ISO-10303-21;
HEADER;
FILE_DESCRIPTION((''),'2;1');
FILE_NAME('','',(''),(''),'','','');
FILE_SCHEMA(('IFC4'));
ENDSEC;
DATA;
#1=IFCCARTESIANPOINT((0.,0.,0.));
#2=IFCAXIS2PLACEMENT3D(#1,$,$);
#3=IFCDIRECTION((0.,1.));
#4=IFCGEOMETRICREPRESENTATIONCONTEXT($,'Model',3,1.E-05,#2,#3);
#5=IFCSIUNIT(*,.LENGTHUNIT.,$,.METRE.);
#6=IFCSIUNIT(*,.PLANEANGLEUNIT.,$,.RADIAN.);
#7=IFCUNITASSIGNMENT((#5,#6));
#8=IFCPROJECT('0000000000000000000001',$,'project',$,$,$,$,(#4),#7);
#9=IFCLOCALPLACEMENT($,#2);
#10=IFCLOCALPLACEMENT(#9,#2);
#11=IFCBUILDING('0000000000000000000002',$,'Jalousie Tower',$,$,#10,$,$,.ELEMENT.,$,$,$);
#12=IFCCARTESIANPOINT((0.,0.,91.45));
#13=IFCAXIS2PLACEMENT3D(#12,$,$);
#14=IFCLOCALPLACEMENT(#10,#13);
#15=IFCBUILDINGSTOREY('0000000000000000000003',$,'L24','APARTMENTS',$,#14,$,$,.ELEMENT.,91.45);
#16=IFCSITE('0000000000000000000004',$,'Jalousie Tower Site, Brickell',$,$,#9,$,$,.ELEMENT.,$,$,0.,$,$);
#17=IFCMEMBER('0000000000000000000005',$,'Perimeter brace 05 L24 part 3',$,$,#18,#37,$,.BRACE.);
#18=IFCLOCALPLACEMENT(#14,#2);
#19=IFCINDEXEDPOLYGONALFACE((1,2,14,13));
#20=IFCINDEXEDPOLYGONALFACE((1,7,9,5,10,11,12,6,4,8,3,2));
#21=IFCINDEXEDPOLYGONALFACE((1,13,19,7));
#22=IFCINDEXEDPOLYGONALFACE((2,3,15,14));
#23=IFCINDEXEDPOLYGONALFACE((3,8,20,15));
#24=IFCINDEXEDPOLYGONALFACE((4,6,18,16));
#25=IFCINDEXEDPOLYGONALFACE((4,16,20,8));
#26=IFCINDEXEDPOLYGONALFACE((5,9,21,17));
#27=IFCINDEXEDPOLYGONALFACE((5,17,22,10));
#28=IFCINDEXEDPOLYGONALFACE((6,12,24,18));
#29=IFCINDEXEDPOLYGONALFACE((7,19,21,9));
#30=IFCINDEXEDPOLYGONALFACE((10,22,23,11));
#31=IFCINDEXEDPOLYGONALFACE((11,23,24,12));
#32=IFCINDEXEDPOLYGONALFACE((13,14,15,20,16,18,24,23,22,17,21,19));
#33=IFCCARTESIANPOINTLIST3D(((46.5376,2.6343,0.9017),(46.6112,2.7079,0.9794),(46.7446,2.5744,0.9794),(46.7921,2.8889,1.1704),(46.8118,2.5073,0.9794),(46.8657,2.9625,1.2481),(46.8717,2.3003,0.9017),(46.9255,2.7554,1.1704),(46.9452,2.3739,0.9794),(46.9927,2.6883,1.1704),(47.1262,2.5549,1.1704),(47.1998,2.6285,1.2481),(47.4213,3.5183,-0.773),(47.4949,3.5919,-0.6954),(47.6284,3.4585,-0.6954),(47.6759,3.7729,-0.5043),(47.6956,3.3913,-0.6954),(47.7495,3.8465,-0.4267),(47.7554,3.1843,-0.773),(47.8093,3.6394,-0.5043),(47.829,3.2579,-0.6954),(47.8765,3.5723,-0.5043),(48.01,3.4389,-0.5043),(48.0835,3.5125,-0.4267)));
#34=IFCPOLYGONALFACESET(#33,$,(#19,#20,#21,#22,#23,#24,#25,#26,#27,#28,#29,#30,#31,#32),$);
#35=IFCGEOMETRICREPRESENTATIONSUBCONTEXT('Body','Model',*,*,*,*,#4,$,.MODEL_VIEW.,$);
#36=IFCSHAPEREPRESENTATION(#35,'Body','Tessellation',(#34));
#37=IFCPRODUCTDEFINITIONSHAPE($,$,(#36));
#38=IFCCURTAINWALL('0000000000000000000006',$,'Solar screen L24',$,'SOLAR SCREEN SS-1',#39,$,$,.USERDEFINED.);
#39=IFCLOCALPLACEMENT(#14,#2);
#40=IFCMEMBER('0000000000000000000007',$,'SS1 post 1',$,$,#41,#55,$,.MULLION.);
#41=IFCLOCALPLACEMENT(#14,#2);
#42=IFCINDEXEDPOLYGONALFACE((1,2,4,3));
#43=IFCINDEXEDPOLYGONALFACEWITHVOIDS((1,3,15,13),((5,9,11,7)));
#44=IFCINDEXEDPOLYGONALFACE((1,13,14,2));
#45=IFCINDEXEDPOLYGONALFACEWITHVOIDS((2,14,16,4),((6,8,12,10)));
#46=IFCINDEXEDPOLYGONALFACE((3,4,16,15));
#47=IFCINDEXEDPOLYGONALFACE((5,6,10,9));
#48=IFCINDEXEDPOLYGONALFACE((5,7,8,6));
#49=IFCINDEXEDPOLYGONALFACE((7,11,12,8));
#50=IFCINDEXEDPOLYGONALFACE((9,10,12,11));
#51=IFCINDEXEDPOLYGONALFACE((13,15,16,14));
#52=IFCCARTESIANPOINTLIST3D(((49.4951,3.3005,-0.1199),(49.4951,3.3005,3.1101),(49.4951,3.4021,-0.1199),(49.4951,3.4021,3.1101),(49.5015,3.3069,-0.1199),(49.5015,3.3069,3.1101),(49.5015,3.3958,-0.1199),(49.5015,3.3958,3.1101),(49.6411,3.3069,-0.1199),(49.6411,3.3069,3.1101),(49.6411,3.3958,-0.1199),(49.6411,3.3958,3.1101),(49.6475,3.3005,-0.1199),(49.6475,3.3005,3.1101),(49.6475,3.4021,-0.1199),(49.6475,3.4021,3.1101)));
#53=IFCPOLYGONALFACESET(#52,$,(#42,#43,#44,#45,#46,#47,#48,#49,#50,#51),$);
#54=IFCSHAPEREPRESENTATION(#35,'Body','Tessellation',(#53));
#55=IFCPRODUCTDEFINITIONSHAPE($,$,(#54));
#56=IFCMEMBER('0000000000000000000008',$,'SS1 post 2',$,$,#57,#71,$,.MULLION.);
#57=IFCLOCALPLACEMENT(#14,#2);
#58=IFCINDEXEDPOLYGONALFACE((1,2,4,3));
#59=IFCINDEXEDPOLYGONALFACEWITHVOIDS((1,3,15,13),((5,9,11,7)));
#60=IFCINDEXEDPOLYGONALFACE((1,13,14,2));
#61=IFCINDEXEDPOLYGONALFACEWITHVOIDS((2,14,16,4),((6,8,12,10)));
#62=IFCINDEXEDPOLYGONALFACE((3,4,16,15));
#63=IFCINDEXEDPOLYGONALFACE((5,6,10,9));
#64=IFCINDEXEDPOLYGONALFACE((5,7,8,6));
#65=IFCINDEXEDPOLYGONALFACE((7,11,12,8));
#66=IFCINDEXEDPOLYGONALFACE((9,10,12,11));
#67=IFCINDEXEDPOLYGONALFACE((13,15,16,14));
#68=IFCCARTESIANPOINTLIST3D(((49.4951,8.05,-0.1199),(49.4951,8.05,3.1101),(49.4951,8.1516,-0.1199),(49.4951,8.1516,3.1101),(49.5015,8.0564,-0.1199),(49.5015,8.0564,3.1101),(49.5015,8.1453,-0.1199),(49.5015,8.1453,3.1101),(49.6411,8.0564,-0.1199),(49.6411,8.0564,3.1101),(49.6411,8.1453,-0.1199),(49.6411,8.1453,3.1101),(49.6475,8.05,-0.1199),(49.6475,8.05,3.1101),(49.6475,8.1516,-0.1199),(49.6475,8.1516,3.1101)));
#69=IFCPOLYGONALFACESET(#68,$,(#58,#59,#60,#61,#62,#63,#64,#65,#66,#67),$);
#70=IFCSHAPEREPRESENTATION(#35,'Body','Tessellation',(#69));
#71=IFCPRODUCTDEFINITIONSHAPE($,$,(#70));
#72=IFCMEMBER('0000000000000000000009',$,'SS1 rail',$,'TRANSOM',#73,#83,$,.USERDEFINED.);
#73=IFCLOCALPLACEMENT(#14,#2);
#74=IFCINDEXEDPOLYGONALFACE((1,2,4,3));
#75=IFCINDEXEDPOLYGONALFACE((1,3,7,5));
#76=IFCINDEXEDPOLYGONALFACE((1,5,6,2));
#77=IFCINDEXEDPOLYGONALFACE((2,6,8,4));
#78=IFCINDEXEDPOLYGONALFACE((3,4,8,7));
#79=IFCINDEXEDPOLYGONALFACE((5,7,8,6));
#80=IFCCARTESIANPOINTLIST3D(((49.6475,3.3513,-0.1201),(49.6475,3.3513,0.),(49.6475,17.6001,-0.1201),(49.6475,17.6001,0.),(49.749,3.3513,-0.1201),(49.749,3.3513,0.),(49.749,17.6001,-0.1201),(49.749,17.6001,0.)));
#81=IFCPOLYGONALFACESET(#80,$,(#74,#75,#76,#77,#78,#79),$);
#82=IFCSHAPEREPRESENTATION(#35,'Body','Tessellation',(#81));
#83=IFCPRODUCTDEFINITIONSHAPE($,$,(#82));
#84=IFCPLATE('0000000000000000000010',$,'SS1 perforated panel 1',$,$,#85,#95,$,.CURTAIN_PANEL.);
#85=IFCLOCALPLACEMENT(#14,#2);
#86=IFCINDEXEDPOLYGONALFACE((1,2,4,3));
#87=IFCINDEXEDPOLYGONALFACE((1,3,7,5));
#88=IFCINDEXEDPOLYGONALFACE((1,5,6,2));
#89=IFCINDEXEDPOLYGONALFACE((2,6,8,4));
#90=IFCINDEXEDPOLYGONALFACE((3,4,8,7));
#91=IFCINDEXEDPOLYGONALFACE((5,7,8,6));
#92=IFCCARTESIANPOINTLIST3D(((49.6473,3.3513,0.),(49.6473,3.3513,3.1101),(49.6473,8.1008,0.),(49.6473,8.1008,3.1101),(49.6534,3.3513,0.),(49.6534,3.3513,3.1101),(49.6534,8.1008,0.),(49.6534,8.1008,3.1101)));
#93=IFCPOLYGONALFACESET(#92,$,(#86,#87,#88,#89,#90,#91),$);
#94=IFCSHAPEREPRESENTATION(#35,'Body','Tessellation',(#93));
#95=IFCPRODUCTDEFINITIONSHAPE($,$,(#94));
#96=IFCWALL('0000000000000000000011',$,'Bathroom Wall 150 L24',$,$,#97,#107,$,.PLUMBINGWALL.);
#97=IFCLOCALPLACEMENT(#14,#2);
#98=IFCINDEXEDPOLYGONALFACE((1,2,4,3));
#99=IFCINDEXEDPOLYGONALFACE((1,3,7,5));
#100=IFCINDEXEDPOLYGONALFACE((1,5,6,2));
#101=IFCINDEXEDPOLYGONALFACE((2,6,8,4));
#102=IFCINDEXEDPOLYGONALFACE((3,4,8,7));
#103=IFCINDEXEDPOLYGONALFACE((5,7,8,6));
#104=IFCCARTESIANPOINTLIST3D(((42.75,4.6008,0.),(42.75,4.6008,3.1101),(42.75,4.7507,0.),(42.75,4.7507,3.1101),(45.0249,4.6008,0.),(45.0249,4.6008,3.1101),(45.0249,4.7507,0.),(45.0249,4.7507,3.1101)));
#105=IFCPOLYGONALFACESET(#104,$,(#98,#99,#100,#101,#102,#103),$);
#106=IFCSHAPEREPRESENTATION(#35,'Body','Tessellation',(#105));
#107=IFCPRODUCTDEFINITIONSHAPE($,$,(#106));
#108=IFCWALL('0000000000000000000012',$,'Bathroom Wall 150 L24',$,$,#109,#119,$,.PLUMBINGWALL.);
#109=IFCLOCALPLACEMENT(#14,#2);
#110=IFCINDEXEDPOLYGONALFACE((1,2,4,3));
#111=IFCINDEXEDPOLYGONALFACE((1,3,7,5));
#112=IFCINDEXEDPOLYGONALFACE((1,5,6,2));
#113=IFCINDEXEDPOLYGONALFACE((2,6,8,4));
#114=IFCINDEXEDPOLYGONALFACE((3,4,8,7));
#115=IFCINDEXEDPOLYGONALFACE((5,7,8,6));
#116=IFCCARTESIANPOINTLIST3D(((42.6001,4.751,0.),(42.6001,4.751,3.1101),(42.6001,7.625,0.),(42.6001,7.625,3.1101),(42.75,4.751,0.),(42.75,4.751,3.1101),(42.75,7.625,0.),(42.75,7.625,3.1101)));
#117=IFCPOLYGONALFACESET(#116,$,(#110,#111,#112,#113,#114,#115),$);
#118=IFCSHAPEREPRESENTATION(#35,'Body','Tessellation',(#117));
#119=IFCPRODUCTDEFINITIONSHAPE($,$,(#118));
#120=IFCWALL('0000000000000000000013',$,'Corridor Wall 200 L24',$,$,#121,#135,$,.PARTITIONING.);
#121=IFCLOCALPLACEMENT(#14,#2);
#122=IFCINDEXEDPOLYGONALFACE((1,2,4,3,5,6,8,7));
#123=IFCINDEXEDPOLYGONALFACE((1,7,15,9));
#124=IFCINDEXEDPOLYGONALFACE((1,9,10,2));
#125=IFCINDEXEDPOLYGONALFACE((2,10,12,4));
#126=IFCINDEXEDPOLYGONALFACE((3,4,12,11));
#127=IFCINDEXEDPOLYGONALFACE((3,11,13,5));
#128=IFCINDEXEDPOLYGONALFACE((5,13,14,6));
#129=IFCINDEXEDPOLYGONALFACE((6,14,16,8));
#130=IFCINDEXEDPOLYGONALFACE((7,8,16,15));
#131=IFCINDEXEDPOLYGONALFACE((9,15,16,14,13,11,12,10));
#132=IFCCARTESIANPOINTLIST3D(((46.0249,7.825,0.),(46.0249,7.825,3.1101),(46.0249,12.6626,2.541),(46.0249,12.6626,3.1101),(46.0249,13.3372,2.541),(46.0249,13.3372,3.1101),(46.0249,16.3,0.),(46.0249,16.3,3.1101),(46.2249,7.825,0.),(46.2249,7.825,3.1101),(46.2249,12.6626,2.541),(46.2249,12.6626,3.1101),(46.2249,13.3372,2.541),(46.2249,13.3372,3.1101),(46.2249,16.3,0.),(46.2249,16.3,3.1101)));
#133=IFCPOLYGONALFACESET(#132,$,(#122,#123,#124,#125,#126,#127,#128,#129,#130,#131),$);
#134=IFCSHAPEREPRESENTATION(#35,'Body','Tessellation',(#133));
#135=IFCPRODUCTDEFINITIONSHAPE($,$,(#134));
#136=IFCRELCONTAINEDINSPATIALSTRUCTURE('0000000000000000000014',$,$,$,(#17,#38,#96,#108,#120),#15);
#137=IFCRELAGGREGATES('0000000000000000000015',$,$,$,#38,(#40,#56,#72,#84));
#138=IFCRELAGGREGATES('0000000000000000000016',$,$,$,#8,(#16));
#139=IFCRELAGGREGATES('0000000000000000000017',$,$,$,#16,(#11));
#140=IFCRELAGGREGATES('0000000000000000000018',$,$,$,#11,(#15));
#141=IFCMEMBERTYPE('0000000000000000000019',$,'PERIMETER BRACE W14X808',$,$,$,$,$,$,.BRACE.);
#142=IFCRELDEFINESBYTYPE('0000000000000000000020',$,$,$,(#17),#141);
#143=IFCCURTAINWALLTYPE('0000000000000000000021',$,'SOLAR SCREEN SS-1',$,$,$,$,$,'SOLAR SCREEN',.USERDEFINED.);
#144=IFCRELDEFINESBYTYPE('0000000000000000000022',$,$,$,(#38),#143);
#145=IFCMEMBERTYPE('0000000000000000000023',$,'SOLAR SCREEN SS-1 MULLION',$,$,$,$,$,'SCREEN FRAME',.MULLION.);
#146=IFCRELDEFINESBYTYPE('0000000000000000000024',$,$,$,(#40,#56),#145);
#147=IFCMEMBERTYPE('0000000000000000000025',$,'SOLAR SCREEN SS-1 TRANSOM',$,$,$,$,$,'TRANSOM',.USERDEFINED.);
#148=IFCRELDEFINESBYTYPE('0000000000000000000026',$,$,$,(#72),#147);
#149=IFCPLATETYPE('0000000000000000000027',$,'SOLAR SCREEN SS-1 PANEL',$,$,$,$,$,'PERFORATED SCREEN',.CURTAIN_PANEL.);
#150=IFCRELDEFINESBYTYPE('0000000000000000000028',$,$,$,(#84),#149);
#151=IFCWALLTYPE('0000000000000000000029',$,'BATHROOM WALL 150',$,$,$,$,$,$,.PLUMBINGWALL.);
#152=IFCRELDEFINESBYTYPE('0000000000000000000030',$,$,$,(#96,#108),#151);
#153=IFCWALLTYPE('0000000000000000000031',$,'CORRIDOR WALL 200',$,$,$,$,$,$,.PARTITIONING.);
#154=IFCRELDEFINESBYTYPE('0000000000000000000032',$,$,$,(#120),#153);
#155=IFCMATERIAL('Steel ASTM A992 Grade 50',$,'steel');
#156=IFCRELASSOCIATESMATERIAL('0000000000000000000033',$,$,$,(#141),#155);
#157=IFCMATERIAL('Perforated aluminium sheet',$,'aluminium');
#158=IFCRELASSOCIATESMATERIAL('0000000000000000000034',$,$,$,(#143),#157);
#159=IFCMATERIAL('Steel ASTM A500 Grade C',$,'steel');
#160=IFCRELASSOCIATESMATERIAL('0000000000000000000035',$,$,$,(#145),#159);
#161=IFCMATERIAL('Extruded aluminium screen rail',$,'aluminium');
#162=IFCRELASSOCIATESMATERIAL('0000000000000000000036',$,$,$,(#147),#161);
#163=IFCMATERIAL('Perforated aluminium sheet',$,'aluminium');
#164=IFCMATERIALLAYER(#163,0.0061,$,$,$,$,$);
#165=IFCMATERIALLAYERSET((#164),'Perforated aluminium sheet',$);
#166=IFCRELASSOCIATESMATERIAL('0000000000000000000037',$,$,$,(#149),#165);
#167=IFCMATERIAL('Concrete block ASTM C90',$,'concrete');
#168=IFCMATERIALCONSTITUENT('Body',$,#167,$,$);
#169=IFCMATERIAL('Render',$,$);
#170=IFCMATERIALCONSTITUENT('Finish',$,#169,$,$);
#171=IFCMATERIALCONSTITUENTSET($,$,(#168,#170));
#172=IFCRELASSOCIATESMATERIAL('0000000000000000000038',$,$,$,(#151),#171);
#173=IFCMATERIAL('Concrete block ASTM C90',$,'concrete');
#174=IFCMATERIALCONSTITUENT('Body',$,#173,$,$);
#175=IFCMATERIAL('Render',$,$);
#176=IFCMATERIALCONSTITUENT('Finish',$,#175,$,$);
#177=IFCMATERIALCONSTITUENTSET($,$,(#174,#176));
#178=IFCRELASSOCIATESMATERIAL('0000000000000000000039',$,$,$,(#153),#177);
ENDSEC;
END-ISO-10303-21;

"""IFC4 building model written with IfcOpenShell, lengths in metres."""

from ifc_helpers import new_model, si_unit, direction, frame, frame_2d, origin, origin_2d, place, context, subcontext, project, spatial, polyline, rectangle, hollow_rectangle, i_section, outline, extrude, material, layer, layer_set, constituent, constituent_set, material_profile, profile_set, type_object, element, aggregate, save


model = new_model("IFC4")

# Units and contexts
model_context = context("Model", 3, precision=1e-05, world=origin(), true_north=direction((0.0, 1.0)))
body_context = subcontext(model_context, "Body", "Model", "MODEL_VIEW")
ifc_project = project(units=[si_unit("LENGTHUNIT", "METRE"), si_unit("PLANEANGLEUNIT", "RADIAN")], contexts=[model_context])

# Site, building, storey
site_placement = place(None, origin())
site = spatial("IfcSite", under=ifc_project, at=site_placement, Name="Jalousie Tower Site, Brickell", CompositionType="ELEMENT", RefElevation=0.0)
building_placement = place(site_placement, origin())
building = spatial("IfcBuilding", under=site, at=building_placement, Name="Jalousie Tower", CompositionType="ELEMENT")
storey_placement = place(building_placement, frame((0.0, 0.0, 91.45)))
storey = spatial("IfcBuildingStorey", under=building, at=storey_placement, Name="L24", Description="APARTMENTS", CompositionType="ELEMENT", Elevation=91.45)

# Member
ifc_material_1 = material(Name="Steel ASTM A992 Grade 50", Category="steel")
ifc_material_profile_1 = material_profile(ifc_material_1, i_section(OverallWidth=0.4724, OverallDepth=0.5791, WebThickness=0.095, FlangeThickness=0.1299, at=origin_2d()), Name="W14X808")
ifc_profile_set_1 = profile_set([ifc_material_profile_1], Name="Steel ASTM A992 Grade 50")
member_type_1 = type_object("IfcMemberType", Name="PERIMETER BRACE W14X808", PredefinedType="BRACE", material=ifc_profile_set_1)
member_1_placement = place(storey_placement, frame((47.7524, 3.5154, -0.5999), z_axis=(-0.422891, -0.423008, 0.801391), x_axis=(0.707204, -0.707009, 0.0)))
element("IfcMember", 1, at=member_1_placement, inside=storey, type_object=member_type_1, Name="Perimeter brace 05 L24 part 3", PredefinedType="BRACE", context=body_context, shape_type="SweptSolid", body=[
    extrude(i_section(OverallWidth=0.4724, OverallDepth=0.5791, WebThickness=0.095, FlangeThickness=0.1299, at=origin_2d()), origin(), (0.0, 0.0, 1.0), 2.0898),
])

# Curtain wall, members, plate
ifc_material_2 = material(Name="Perforated aluminium sheet", Category="aluminium")
curtain_wall_type = type_object("IfcCurtainWallType", Name="SOLAR SCREEN SS-1", ElementType="SOLAR SCREEN", PredefinedType="USERDEFINED", material=ifc_material_2)
curtain_wall_placement = place(storey_placement, origin())
curtain_wall = element("IfcCurtainWall", 2, at=curtain_wall_placement, inside=storey, type_object=curtain_wall_type, Name="Solar screen L24", ObjectType="SOLAR SCREEN SS-1", PredefinedType="USERDEFINED")
ifc_material_3 = material(Name="Steel ASTM A500 Grade C", Category="steel")
ifc_material_profile_2 = material_profile(ifc_material_3, hollow_rectangle(XDim=0.1016, YDim=0.1523, WallThickness=0.0063, at=origin_2d()), Name="HSS6X4X1/4")
ifc_profile_set_2 = profile_set([ifc_material_profile_2], Name="Steel ASTM A500 Grade C")
member_type_2 = type_object("IfcMemberType", Name="SOLAR SCREEN SS-1 MULLION", ElementType="SCREEN FRAME", PredefinedType="MULLION", material=ifc_profile_set_2)
member_2_placement = place(storey_placement, frame((49.5713, 3.3513, -0.1199), z_axis=(0.0, 0.0, 1.0), x_axis=(0.0, 1.0, 0.0)))
member_2 = element("IfcMember", 3, at=member_2_placement, type_object=member_type_2, Name="SS1 post 1", PredefinedType="MULLION", context=body_context, shape_type="SweptSolid", body=[
    extrude(hollow_rectangle(XDim=0.1016, YDim=0.1523, WallThickness=0.0063, at=origin_2d()), origin(), (0.0, 0.0, 1.0), 3.23),
])
member_3_placement = place(storey_placement, frame((49.5713, 8.1008, -0.1199), z_axis=(0.0, 0.0, 1.0), x_axis=(0.0, 1.0, 0.0)))
member_3 = element("IfcMember", 4, at=member_3_placement, type_object=member_type_2, Name="SS1 post 2", PredefinedType="MULLION", context=body_context, shape_type="SweptSolid", body=[
    extrude(hollow_rectangle(XDim=0.1016, YDim=0.1523, WallThickness=0.0063, at=origin_2d()), origin(), (0.0, 0.0, 1.0), 3.23),
])
ifc_material_4 = material(Name="Extruded aluminium screen rail", Category="aluminium")
ifc_material_profile_3 = material_profile(ifc_material_4, rectangle(XDim=0.1016, YDim=0.1201, at=origin_2d()), Name="RAIL 102x120")
ifc_profile_set_3 = profile_set([ifc_material_profile_3], Name="Extruded aluminium screen rail")
member_type_3 = type_object("IfcMemberType", Name="SOLAR SCREEN SS-1 TRANSOM", ElementType="TRANSOM", PredefinedType="USERDEFINED", material=ifc_profile_set_3)
member_4_placement = place(storey_placement, frame((49.6982, 3.3513, -0.0601), z_axis=(0.0, 1.0, 0.0), x_axis=(-1.0, 0.0, 0.0)))
member_4 = element("IfcMember", 5, at=member_4_placement, type_object=member_type_3, Name="SS1 rail", ObjectType="TRANSOM", PredefinedType="USERDEFINED", context=body_context, shape_type="SweptSolid", body=[
    extrude(rectangle(XDim=0.1016, YDim=0.1201, at=origin_2d()), origin(), (0.0, 0.0, 1.0), 14.2488),
])
ifc_material_5 = material(Name="Perforated aluminium sheet", Category="aluminium")
ifc_layer = layer(ifc_material_5, 0.0061)
ifc_layer_set = layer_set([ifc_layer], Name="Perforated aluminium sheet")
plate_type = type_object("IfcPlateType", Name="SOLAR SCREEN SS-1 PANEL", ElementType="PERFORATED SCREEN", PredefinedType="CURTAIN_PANEL", material=ifc_layer_set)
plate_placement = place(storey_placement, frame((49.6504, 5.7261, 0.0), z_axis=(0.0, 0.0, 1.0), x_axis=(0.0, 1.0, 0.0)))
plate = element("IfcPlate", 6, at=plate_placement, type_object=plate_type, Name="SS1 perforated panel 1", PredefinedType="CURTAIN_PANEL", context=body_context, shape_type="SweptSolid", body=[
    extrude(rectangle(XDim=4.7495, YDim=0.0061, at=origin_2d()), origin(), (0.0, 0.0, 1.0), 3.1101),
])
aggregate(curtain_wall, [member_2, member_3, member_4, plate])

# Walls
ifc_material_6 = material(Name="Concrete block ASTM C90", Category="concrete")
ifc_constituent_1 = constituent(ifc_material_6, Name="Body")
ifc_material_7 = material(Name="Render")
ifc_constituent_2 = constituent(ifc_material_7, Name="Finish")
ifc_constituent_set_1 = constituent_set(constituents=[ifc_constituent_1, ifc_constituent_2])
wall_type_1 = type_object("IfcWallType", Name="BATHROOM WALL 150", PredefinedType="PLUMBINGWALL", material=ifc_constituent_set_1)
wall_1_placement = place(storey_placement, frame((42.75, 4.6758, 0.0), z_axis=(0.0, 0.0, 1.0), x_axis=(1.0, 0.0, 0.0)))
element("IfcWall", 7, at=wall_1_placement, inside=storey, type_object=wall_type_1, Name="Bathroom Wall 150 L24", PredefinedType="PLUMBINGWALL", context=body_context, shape_type="SweptSolid", body=[
    extrude(rectangle(XDim=2.2749, YDim=0.1499, at=frame_2d((1.1375, 0.0))), origin(), (0.0, 0.0, 1.0), 3.1101),
])
wall_2_placement = place(storey_placement, frame((42.675, 4.751, 0.0), z_axis=(0.0, 0.0, 1.0), x_axis=(0.0, 1.0, 0.0)))
element("IfcWall", 8, at=wall_2_placement, inside=storey, type_object=wall_type_1, Name="Bathroom Wall 150 L24", PredefinedType="PLUMBINGWALL", context=body_context, shape_type="SweptSolid", body=[
    extrude(rectangle(XDim=2.874, YDim=0.1499, at=frame_2d((1.437, 0.0))), origin(), (0.0, 0.0, 1.0), 3.1101),
])
ifc_material_8 = material(Name="Concrete block ASTM C90", Category="concrete")
ifc_constituent_3 = constituent(ifc_material_8, Name="Body")
ifc_material_9 = material(Name="Render")
ifc_constituent_4 = constituent(ifc_material_9, Name="Finish")
ifc_constituent_set_2 = constituent_set(constituents=[ifc_constituent_3, ifc_constituent_4])
wall_type_2 = type_object("IfcWallType", Name="CORRIDOR WALL 200", PredefinedType="PARTITIONING", material=ifc_constituent_set_2)
wall_3_placement = place(storey_placement, frame((46.125, 7.825, 0.0), z_axis=(0.0, 0.0, 1.0), x_axis=(0.0, 1.0, 0.0)))
element("IfcWall", 9, at=wall_3_placement, inside=storey, type_object=wall_type_2, Name="Corridor Wall 200 L24", PredefinedType="PARTITIONING", context=body_context, shape_type="SweptSolid", body=[
    extrude(outline(polyline([(0.0, 0.0), (8.4751, 0.0), (8.4751, 3.1101), (5.5122, 3.1101), (5.5122, 2.541), (4.8376, 2.541), (4.8376, 3.1101), (0.0, 3.1101), (0.0, 0.0)])), frame((0.0, 0.1001, 0.0), z_axis=(0.0, -1.0, 0.0), x_axis=(1.0, 0.0, 0.0)), (0.0, 0.0, 1.0), 0.2),
])

save(model, "model.ifc")
